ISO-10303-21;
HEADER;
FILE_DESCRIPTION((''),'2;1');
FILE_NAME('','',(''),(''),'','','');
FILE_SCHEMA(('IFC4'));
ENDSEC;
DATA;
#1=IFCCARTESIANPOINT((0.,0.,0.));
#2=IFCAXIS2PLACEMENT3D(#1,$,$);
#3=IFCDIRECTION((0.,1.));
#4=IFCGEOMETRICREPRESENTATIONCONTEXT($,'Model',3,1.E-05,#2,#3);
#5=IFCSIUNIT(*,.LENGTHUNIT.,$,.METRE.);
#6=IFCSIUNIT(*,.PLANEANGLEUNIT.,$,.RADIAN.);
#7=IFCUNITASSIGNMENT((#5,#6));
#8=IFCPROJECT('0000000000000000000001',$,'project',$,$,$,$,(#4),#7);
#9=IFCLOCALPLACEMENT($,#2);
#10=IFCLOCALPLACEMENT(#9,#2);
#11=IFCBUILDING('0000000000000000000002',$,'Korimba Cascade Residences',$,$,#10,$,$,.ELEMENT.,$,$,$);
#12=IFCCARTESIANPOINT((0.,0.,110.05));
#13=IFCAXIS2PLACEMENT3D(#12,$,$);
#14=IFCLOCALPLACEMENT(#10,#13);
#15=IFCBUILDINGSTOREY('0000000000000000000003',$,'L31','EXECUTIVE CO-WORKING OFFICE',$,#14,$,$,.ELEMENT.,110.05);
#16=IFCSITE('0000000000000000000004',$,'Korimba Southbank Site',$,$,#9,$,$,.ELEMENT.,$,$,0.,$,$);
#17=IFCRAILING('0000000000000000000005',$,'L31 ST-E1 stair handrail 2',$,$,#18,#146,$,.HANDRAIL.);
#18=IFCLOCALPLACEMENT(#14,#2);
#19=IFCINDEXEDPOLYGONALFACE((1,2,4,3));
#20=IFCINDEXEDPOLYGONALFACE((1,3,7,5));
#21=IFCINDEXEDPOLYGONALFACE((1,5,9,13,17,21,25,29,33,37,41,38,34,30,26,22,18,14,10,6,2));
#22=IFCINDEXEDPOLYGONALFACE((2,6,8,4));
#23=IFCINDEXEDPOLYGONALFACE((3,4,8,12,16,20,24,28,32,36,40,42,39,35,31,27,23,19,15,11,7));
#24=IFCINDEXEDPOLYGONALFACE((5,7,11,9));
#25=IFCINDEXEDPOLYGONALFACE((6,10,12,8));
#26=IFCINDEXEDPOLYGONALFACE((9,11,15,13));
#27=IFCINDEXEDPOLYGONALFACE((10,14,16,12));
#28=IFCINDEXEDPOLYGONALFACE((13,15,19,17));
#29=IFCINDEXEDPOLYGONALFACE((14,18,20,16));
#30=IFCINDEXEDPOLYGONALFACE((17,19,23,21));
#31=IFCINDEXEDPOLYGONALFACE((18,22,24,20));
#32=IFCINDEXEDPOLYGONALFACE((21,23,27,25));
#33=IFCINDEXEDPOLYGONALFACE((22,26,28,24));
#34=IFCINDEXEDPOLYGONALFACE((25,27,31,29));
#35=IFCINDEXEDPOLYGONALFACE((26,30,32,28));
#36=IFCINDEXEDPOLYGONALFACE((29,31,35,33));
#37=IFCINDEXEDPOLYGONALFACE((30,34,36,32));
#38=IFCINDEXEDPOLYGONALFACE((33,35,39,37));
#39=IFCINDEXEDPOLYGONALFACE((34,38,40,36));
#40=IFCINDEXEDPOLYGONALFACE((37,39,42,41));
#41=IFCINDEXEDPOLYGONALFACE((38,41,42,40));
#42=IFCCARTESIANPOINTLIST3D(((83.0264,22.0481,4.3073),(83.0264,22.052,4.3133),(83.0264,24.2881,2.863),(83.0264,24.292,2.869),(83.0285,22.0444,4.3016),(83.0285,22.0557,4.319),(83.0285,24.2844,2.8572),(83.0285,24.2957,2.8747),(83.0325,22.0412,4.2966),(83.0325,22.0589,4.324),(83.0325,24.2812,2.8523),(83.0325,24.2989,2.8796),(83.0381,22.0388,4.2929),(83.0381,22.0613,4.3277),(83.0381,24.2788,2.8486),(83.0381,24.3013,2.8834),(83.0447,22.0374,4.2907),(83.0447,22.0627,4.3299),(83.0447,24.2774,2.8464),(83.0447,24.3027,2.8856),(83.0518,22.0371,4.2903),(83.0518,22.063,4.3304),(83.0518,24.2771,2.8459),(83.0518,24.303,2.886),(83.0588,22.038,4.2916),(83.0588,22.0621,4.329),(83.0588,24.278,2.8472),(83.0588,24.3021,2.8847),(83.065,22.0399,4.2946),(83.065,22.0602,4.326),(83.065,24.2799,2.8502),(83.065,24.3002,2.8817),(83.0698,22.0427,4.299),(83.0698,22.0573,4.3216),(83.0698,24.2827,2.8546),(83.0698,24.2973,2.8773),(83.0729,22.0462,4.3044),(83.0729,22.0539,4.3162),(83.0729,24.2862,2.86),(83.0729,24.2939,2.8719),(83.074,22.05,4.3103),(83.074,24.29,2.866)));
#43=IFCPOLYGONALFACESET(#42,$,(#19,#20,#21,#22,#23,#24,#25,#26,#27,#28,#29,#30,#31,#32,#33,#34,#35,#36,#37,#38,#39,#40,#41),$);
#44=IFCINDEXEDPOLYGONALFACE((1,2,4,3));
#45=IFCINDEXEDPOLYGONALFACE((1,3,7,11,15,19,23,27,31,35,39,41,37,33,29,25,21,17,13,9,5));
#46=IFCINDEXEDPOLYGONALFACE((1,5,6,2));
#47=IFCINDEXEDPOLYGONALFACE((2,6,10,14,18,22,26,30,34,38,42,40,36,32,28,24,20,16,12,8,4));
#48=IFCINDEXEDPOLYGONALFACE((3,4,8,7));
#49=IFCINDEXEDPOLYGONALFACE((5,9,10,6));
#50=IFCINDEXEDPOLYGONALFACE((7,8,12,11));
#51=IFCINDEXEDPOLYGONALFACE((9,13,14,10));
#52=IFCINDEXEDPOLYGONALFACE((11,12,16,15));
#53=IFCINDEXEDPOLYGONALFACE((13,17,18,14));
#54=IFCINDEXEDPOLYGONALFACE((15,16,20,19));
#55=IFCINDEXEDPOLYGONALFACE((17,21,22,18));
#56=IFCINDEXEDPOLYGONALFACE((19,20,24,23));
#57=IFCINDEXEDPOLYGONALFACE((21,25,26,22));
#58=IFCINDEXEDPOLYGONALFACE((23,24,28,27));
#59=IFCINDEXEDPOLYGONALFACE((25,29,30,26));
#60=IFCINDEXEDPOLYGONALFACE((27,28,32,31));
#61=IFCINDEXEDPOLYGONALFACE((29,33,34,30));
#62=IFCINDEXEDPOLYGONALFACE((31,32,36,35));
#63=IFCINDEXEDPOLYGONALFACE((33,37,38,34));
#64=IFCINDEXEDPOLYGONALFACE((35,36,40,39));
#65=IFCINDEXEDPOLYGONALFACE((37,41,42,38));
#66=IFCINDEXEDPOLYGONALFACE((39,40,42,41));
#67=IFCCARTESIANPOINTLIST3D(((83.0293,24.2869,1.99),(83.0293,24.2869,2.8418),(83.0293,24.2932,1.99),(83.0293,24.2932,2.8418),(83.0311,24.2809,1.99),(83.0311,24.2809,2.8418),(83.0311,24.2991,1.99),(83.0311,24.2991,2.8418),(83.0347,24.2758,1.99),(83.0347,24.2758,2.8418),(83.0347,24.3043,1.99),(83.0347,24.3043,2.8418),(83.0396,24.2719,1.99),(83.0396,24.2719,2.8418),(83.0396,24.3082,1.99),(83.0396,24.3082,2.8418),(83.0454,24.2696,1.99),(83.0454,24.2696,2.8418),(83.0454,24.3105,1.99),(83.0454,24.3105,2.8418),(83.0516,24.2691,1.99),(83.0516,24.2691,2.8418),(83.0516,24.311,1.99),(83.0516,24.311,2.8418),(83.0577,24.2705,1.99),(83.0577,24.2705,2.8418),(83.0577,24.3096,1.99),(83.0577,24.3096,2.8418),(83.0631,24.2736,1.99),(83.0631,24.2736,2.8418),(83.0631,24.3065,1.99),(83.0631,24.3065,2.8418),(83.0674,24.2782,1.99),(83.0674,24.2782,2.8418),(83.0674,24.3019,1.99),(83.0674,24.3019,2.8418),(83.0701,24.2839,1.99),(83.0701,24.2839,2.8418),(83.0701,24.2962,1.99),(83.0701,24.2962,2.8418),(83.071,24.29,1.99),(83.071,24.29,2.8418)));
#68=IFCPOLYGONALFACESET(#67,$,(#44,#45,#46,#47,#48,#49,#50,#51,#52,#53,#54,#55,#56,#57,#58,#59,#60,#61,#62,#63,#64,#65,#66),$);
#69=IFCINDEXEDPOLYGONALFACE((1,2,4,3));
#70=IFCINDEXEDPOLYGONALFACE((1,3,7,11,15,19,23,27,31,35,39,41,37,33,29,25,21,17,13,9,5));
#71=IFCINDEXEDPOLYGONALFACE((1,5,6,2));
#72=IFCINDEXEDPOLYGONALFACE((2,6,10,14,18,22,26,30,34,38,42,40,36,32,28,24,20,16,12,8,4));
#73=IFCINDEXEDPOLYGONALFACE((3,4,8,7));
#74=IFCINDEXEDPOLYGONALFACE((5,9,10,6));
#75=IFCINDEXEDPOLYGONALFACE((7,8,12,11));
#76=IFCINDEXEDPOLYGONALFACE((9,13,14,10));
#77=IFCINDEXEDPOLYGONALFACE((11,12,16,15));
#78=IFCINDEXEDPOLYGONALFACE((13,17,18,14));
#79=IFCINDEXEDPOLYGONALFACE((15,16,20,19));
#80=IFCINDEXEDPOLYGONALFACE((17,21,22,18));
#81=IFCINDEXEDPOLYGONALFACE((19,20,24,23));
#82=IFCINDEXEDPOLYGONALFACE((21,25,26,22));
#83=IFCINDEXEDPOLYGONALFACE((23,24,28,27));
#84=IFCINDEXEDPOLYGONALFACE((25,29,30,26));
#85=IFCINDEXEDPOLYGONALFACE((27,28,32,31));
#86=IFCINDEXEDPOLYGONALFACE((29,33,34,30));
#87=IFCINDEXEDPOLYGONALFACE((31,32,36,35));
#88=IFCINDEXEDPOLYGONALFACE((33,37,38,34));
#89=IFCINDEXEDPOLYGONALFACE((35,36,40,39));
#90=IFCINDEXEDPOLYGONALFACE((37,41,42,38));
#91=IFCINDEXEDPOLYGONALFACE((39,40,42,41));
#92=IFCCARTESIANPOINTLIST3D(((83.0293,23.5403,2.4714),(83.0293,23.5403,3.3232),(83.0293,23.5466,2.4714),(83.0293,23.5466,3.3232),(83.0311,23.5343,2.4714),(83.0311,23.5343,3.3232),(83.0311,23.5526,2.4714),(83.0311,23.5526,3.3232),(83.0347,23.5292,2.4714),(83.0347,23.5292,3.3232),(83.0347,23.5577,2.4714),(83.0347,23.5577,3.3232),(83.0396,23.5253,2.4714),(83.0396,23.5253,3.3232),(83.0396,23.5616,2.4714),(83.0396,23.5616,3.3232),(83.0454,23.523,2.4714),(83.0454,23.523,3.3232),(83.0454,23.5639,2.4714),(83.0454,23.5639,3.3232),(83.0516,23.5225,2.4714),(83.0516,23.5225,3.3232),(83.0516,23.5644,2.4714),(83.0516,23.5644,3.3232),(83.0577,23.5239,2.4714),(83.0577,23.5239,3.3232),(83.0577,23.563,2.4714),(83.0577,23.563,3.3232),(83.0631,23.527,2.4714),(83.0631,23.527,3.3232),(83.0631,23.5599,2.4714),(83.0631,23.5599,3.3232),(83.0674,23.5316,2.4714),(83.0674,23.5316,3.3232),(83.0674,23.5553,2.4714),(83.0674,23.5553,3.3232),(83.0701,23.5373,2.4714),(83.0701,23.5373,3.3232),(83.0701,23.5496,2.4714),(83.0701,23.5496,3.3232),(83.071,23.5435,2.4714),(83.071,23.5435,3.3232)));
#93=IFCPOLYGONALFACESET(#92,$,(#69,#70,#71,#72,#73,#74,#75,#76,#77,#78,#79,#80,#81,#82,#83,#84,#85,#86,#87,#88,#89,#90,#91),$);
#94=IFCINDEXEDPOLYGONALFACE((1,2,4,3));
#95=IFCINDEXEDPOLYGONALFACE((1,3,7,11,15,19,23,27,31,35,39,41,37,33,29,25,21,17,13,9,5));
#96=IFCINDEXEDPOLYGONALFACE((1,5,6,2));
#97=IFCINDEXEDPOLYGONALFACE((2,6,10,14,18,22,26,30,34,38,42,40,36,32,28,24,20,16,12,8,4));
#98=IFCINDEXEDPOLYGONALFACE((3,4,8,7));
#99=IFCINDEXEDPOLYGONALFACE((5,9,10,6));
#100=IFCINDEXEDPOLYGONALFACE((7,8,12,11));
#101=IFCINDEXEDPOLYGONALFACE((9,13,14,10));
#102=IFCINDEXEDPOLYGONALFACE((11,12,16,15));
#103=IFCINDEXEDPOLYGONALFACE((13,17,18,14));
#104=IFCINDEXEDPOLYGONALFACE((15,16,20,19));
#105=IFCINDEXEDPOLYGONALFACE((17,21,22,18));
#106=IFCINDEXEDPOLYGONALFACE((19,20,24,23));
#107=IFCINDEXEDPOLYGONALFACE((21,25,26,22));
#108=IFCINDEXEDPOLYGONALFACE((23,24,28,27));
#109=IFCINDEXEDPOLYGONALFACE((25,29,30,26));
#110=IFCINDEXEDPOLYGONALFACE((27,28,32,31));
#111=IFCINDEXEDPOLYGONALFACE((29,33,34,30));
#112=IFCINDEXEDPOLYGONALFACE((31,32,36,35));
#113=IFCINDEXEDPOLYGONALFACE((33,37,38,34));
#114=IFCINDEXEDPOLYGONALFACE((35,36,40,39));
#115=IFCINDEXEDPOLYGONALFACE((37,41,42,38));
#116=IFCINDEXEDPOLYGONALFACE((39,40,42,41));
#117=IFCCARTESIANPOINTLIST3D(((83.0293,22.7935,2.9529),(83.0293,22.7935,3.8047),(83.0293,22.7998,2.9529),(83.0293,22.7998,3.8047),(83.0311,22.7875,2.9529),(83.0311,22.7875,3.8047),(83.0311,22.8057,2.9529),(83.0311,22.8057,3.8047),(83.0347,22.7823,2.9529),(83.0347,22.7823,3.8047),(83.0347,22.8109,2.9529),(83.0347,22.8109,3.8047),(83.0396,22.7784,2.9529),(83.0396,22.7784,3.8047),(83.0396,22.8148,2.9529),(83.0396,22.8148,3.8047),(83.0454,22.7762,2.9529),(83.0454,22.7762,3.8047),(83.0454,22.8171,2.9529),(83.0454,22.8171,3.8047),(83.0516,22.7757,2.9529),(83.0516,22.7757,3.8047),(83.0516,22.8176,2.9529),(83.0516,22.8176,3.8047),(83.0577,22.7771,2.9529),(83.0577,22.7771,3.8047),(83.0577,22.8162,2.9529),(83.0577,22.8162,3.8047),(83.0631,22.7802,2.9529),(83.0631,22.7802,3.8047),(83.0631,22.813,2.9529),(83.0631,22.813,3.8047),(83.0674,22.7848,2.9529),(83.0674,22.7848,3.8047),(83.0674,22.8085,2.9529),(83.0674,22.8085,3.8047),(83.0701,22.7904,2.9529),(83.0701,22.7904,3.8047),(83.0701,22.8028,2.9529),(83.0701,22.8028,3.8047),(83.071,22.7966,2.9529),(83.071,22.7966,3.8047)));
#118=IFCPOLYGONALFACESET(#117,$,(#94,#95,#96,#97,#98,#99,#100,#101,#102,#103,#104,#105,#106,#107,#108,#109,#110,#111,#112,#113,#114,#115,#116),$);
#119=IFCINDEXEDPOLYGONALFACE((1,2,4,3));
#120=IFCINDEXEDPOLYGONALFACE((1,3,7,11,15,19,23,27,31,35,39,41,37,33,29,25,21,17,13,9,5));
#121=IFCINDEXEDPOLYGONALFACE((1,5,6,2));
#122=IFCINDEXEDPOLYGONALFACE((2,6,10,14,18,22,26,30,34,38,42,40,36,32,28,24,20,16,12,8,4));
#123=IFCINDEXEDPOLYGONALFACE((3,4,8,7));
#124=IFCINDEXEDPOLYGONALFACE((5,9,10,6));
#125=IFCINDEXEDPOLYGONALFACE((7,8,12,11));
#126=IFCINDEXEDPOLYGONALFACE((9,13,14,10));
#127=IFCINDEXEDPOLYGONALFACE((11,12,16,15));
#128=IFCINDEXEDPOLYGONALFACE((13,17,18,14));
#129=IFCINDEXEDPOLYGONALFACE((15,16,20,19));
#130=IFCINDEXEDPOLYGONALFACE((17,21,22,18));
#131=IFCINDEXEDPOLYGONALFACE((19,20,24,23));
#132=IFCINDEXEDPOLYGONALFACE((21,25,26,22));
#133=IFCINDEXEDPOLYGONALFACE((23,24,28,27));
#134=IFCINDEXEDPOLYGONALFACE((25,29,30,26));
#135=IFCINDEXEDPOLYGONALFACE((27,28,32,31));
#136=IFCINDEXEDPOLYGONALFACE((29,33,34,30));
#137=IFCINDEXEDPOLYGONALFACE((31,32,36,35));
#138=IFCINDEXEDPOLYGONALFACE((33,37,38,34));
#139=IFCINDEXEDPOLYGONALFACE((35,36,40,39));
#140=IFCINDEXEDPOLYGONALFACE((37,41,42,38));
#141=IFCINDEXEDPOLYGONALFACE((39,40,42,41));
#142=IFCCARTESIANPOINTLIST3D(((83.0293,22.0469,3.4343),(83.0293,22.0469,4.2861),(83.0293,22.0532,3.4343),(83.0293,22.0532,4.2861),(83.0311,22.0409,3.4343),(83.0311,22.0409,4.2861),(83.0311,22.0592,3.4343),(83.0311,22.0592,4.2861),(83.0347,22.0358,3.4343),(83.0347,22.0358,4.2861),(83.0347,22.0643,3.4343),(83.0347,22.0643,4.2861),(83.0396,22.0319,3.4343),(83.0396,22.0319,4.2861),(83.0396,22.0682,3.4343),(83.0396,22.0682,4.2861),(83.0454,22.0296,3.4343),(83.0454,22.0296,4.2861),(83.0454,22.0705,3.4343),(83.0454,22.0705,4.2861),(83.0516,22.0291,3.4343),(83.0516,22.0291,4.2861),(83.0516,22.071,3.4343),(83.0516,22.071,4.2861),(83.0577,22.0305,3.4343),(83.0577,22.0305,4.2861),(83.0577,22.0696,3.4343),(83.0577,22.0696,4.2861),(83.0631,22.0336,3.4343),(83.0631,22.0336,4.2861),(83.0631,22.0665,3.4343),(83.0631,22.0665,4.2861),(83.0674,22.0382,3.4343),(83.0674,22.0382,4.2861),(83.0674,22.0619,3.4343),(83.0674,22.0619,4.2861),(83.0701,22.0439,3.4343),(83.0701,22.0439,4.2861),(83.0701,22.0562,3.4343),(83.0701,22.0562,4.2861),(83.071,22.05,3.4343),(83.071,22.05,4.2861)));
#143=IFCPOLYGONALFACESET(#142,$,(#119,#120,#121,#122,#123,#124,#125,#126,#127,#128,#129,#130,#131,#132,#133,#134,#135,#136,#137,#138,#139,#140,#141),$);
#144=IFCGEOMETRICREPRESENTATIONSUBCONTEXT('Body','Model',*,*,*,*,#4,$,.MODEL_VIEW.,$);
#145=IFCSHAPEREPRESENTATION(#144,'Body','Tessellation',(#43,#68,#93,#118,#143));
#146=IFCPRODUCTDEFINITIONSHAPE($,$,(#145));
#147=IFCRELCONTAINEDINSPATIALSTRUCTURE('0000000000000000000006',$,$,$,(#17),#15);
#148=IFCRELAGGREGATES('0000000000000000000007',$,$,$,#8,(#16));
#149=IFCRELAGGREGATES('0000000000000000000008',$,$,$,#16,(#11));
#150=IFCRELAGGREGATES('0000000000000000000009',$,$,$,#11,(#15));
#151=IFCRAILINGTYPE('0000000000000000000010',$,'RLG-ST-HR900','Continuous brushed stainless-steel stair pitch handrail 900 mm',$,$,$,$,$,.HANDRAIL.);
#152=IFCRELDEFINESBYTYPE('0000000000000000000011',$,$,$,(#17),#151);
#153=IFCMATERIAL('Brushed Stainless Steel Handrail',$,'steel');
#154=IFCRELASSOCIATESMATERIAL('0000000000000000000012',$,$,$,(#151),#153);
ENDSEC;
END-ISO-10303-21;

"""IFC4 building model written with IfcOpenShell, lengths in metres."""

from ifc_helpers import new_model, si_unit, direction, frame, origin, origin_2d, place, context, subcontext, project, spatial, circle, extrude, material, type_object, element, save


model = new_model("IFC4")

# Units and contexts
model_context = context("Model", 3, precision=1e-05, world=origin(), true_north=direction((0.0, 1.0)))
body_context = subcontext(model_context, "Body", "Model", "MODEL_VIEW")
ifc_project = project(units=[si_unit("LENGTHUNIT", "METRE"), si_unit("PLANEANGLEUNIT", "RADIAN")], contexts=[model_context])

# Site, building, storey
site_placement = place(None, origin())
site = spatial("IfcSite", under=ifc_project, at=site_placement, Name="Korimba Southbank Site", CompositionType="ELEMENT", RefElevation=0.0)
building_placement = place(site_placement, origin())
building = spatial("IfcBuilding", under=site, at=building_placement, Name="Korimba Cascade Residences", CompositionType="ELEMENT")
storey_placement = place(building_placement, frame((0.0, 0.0, 110.05)))
storey = spatial("IfcBuildingStorey", under=building, at=storey_placement, Name="L31", Description="EXECUTIVE CO-WORKING OFFICE", CompositionType="ELEMENT", Elevation=110.05)

# Railing
ifc_material_1 = material(Name="Brushed Stainless Steel Handrail", Category="steel")
railing_type_1 = type_object("IfcRailingType", Name="RLG-ST-HR900", Description="Continuous brushed stainless-steel stair pitch handrail 900 mm", PredefinedType="HANDRAIL", material=ifc_material_1)
railing_1_placement = place(storey_placement, frame((83.05, 24.29, 1.99)))
element("IfcRailing", 1, at=railing_1_placement, inside=storey, type_object=railing_type_1, Name="L31 ST-E1 stair handrail 2", PredefinedType="HANDRAIL", context=body_context, shape_type="SweptSolid", body=[
    extrude(circle(Radius=0.0239, at=origin_2d()), frame((0.0, 0.0, 0.876), z_axis=(0.0, -0.840437, 0.54191), x_axis=(1.0, 0.0, 0.0)), (0.0, 0.0, 1.0), 2.6653),
    extrude(circle(Radius=0.021, at=origin_2d()), origin(), (0.0, 0.0, 1.0), 0.8518),
    extrude(circle(Radius=0.021, at=origin_2d()), frame((0.0, -0.7466, 0.4814)), (0.0, 0.0, 1.0), 0.8518),
    extrude(circle(Radius=0.021, at=origin_2d()), frame((0.0, -1.4934, 0.9629)), (0.0, 0.0, 1.0), 0.8518),
    extrude(circle(Radius=0.021, at=origin_2d()), frame((0.0, -2.24, 1.4443)), (0.0, 0.0, 1.0), 0.8518),
])

save(model, "model.ifc")
